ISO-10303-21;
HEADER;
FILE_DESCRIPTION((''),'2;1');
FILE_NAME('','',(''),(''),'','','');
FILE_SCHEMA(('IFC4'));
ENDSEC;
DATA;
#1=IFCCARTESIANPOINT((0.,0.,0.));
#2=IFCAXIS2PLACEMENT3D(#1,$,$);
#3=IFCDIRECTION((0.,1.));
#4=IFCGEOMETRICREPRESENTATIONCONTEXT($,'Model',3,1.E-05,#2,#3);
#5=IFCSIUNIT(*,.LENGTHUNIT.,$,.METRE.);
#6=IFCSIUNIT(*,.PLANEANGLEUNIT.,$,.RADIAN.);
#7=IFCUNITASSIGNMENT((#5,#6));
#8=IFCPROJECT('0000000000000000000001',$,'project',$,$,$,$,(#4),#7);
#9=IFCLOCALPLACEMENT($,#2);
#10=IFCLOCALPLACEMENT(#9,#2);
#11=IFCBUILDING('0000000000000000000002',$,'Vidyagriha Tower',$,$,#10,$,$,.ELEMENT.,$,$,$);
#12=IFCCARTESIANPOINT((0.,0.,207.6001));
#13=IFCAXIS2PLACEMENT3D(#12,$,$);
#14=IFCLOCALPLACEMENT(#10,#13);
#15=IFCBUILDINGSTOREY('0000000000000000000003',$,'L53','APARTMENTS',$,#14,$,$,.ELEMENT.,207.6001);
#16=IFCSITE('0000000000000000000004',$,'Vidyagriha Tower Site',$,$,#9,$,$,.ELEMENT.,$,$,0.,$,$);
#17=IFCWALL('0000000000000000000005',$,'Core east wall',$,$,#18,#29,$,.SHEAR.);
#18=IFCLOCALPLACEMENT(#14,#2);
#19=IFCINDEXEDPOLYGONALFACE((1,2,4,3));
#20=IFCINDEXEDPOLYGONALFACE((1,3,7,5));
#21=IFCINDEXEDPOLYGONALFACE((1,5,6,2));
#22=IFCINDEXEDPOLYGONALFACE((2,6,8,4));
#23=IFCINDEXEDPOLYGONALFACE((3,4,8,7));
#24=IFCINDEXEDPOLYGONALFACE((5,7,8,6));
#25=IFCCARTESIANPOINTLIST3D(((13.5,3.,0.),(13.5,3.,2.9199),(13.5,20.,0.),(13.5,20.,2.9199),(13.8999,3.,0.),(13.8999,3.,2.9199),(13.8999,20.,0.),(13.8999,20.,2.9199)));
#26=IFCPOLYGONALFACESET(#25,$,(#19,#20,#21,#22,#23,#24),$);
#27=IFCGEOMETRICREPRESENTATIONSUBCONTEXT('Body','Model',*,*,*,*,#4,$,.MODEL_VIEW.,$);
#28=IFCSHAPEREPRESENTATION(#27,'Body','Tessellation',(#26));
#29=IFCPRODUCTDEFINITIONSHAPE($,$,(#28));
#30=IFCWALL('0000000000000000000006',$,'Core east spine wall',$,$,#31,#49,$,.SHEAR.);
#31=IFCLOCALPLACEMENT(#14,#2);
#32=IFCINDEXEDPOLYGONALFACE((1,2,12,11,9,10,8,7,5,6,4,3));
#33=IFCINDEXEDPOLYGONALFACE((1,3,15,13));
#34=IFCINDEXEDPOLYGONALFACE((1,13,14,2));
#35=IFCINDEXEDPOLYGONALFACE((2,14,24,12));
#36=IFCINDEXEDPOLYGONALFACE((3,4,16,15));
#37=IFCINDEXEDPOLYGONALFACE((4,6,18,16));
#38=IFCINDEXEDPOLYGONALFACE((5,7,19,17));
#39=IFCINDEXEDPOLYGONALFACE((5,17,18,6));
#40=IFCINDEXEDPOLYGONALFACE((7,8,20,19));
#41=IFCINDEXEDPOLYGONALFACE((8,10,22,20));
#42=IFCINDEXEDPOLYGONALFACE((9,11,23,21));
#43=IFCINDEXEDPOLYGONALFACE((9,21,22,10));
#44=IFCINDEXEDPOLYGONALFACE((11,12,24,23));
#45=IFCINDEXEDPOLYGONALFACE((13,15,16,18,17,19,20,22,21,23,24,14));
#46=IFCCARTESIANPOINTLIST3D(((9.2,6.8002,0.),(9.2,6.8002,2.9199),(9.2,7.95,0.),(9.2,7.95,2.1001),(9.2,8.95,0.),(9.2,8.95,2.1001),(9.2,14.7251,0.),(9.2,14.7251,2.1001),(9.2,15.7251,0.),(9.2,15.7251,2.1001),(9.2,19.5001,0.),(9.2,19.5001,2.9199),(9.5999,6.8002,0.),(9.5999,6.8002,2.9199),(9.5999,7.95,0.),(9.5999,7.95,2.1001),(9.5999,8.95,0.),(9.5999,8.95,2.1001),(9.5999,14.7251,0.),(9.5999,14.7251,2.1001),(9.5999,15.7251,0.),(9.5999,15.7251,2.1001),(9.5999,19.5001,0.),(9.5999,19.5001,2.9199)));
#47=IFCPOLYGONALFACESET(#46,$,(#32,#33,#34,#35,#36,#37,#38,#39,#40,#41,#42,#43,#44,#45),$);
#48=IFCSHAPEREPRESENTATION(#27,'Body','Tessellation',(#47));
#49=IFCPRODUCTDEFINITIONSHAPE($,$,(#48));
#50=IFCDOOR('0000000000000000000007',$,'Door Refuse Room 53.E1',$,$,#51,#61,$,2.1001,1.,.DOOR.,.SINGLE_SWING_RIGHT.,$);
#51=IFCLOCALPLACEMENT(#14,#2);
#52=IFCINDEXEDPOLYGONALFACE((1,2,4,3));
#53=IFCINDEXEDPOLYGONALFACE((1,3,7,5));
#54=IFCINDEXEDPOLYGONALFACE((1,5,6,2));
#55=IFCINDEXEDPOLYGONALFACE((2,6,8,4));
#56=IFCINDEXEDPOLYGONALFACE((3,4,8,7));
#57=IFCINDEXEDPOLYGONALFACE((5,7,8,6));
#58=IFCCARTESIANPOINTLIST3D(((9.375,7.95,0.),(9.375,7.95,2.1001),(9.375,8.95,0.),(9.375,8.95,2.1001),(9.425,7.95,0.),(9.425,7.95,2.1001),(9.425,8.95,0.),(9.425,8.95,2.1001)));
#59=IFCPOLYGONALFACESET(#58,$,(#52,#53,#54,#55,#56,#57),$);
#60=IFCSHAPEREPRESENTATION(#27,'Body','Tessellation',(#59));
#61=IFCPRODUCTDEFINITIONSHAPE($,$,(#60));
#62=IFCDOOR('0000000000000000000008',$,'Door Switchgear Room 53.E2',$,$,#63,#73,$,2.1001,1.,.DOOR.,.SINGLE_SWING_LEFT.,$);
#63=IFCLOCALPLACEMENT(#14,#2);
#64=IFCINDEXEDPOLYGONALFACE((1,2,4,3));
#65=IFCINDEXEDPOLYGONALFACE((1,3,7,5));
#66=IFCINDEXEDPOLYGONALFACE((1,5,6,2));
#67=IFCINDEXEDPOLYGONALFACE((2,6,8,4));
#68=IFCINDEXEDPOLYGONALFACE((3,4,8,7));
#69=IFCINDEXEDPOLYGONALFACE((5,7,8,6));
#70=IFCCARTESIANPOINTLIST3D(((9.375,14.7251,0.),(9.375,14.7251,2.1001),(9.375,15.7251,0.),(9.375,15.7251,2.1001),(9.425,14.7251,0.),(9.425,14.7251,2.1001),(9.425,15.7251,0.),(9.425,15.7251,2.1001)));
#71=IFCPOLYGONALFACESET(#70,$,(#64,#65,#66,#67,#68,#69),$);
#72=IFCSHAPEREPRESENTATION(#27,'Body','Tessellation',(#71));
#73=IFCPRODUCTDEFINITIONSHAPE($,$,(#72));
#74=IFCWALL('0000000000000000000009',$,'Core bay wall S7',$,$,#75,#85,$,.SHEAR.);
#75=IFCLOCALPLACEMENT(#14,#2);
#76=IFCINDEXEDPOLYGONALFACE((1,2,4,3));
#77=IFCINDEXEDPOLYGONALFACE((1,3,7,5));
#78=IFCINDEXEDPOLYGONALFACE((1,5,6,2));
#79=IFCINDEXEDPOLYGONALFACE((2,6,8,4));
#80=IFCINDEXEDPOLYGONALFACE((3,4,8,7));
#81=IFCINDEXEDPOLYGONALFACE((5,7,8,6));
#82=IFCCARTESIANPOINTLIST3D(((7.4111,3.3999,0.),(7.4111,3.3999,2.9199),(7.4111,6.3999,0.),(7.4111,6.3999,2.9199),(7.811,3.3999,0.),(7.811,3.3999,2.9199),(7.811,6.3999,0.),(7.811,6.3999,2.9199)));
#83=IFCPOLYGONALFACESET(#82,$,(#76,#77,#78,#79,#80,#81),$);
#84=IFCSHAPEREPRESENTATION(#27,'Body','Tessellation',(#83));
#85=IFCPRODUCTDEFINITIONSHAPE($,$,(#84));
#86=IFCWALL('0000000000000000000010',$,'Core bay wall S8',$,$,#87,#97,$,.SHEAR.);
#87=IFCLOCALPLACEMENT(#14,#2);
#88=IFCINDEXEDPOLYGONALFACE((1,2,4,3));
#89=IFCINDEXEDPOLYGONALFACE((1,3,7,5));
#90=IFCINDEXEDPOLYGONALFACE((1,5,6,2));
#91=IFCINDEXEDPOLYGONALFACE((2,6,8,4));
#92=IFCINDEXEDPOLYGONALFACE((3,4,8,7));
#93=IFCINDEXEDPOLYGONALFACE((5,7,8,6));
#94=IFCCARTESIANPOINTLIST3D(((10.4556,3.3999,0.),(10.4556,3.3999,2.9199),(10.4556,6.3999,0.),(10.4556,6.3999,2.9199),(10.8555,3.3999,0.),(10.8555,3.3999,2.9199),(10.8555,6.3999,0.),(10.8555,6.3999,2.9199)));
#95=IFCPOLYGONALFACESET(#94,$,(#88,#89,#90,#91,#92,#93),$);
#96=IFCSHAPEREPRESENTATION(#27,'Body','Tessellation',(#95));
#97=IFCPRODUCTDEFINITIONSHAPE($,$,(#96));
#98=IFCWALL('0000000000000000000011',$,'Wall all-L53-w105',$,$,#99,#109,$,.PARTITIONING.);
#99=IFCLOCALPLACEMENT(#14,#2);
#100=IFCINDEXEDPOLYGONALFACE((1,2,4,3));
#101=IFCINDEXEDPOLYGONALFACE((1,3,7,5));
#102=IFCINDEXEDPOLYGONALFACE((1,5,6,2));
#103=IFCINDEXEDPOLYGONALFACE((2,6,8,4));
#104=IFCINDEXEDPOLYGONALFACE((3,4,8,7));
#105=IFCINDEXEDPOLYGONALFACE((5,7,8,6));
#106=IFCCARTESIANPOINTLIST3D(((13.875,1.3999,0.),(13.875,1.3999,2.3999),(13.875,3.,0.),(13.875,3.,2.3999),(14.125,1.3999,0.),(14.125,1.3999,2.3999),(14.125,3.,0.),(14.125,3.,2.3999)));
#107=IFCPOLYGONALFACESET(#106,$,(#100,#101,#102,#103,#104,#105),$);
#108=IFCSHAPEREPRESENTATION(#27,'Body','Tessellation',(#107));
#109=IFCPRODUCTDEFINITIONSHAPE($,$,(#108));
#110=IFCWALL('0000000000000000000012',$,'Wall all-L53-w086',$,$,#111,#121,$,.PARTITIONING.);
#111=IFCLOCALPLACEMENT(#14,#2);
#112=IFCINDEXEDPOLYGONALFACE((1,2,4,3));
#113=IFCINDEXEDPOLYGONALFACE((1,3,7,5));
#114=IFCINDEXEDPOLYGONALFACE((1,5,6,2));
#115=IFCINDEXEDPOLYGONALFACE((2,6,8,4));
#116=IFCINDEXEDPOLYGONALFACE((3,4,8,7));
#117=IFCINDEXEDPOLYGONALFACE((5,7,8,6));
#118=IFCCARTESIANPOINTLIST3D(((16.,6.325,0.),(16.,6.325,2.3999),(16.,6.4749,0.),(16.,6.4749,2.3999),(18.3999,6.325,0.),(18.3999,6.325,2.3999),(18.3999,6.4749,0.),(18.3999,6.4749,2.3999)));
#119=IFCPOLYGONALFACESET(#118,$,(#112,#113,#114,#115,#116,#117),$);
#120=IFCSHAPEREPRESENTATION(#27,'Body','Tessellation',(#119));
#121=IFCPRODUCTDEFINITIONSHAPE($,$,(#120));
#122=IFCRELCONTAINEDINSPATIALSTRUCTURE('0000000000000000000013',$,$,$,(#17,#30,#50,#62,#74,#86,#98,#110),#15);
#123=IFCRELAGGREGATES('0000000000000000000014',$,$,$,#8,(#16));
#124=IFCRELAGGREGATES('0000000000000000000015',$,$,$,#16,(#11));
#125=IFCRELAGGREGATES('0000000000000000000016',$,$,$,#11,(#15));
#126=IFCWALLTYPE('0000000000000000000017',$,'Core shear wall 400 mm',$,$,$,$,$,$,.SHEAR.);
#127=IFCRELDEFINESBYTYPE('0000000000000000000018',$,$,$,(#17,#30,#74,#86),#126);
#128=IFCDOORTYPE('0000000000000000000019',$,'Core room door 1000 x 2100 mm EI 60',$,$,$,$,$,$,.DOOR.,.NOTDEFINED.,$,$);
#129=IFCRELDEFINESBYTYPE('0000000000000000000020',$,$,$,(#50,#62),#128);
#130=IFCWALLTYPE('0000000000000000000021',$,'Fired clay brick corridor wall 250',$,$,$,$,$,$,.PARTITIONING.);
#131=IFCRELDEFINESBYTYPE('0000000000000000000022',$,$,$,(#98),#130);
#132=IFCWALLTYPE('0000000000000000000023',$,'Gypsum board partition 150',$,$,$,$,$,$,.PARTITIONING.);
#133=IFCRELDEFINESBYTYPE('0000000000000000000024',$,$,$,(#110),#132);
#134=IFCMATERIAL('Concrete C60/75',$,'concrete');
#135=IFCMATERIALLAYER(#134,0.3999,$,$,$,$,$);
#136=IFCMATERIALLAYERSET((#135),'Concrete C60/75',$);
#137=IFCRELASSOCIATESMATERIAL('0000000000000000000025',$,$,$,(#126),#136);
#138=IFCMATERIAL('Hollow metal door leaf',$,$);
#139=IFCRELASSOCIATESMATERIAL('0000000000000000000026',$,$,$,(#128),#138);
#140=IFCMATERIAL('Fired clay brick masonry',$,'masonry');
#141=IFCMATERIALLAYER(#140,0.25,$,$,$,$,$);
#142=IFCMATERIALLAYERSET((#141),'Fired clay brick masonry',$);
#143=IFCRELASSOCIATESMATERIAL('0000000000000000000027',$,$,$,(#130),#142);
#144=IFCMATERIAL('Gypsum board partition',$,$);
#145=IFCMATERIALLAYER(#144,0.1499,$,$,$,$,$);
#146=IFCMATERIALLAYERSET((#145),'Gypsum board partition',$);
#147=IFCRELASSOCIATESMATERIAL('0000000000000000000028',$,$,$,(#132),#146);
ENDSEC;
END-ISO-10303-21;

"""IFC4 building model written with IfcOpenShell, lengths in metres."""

from ifc_helpers import new_model, si_unit, direction, frame, frame_2d, origin, place, context, subcontext, project, spatial, rectangle, extrude, material, layer, layer_set, type_object, element, fill, save


model = new_model("IFC4")

# Units and contexts
model_context = context("Model", 3, precision=1e-05, world=origin(), true_north=direction((0.0, 1.0)))
body_context = subcontext(model_context, "Body", "Model", "MODEL_VIEW")
ifc_project = project(units=[si_unit("LENGTHUNIT", "METRE"), si_unit("PLANEANGLEUNIT", "RADIAN")], contexts=[model_context])

# Site, building, storey
site_placement = place(None, origin())
site = spatial("IfcSite", under=ifc_project, at=site_placement, Name="Vidyagriha Tower Site", CompositionType="ELEMENT", RefElevation=0.0)
building_placement = place(site_placement, origin())
building = spatial("IfcBuilding", under=site, at=building_placement, Name="Vidyagriha Tower", CompositionType="ELEMENT")
storey_placement = place(building_placement, frame((0.0, 0.0, 207.6001)))
storey = spatial("IfcBuildingStorey", under=building, at=storey_placement, Name="L53", Description="APARTMENTS", CompositionType="ELEMENT", Elevation=207.6001)

# Wall
ifc_material_1 = material(Name="Concrete C60/75", Category="concrete")
ifc_layer_1 = layer(ifc_material_1, 0.3999)
ifc_layer_set_1 = layer_set([ifc_layer_1], Name="Concrete C60/75")
wall_type_1 = type_object("IfcWallType", Name="Core shear wall 400 mm", PredefinedType="SHEAR", material=ifc_layer_set_1)
wall_1_placement = place(storey_placement, frame((13.7, 3.0, 0.0), z_axis=(0.0, 0.0, 1.0), x_axis=(0.0, 1.0, 0.0)))
element("IfcWall", 1, at=wall_1_placement, inside=storey, type_object=wall_type_1, Name="Core east wall", PredefinedType="SHEAR", context=body_context, shape_type="SweptSolid", body=[
    extrude(rectangle(XDim=17.0, YDim=0.3999, at=frame_2d((8.5, 0.0))), origin(), (0.0, 0.0, 1.0), 2.9199),
])

# Wall, openings, doors
wall_2_placement = place(storey_placement, frame((9.3999, 6.8, 0.0), z_axis=(0.0, 0.0, 1.0), x_axis=(0.0, 1.0, 0.0)))
wall_2 = element("IfcWall", 2, at=wall_2_placement, inside=storey, type_object=wall_type_1, Name="Core east spine wall", PredefinedType="SHEAR", context=body_context, shape_type="SweptSolid", body=[
    extrude(rectangle(XDim=12.7, YDim=0.3999, at=frame_2d((6.3501, 0.0))), origin(), (0.0, 0.0, 1.0), 2.9199),
])
opening_1_placement = place(wall_2_placement, frame((1.1499, 0.0, 0.0)))
opening_1 = element("IfcOpeningElement", 3, at=opening_1_placement, cuts=wall_2, PredefinedType="OPENING", context=body_context, shape_type="SweptSolid", body=[
    extrude(rectangle(XDim=1.0, YDim=2.1001, at=frame_2d((0.5, 1.05))), frame((0.0, 0.21, 0.0), z_axis=(0.0, -1.0, 0.0), x_axis=(1.0, 0.0, 0.0)), (0.0, 0.0, 1.0), 0.4199),
])
opening_2_placement = place(wall_2_placement, frame((7.925, 0.0, 0.0)))
opening_2 = element("IfcOpeningElement", 4, at=opening_2_placement, cuts=wall_2, PredefinedType="OPENING", context=body_context, shape_type="SweptSolid", body=[
    extrude(rectangle(XDim=1.0, YDim=2.1001, at=frame_2d((0.5, 1.05))), frame((0.0, 0.21, 0.0), z_axis=(0.0, -1.0, 0.0), x_axis=(1.0, 0.0, 0.0)), (0.0, 0.0, 1.0), 0.4199),
])
ifc_material_2 = material(Name="Hollow metal door leaf")
door_type_1 = type_object("IfcDoorType", Name="Core room door 1000 x 2100 mm EI 60", OperationType="NOTDEFINED", PredefinedType="DOOR", material=ifc_material_2)
door_1_placement = place(opening_1_placement, origin())
door_1 = element("IfcDoor", 5, at=door_1_placement, inside=storey, type_object=door_type_1, Name="Door Refuse Room 53.E1", OperationType="SINGLE_SWING_RIGHT", OverallHeight=2.1001, OverallWidth=1.0, PredefinedType="DOOR", context=body_context, shape_type="SweptSolid", body=[
    extrude(rectangle(XDim=1.0, YDim=2.1001, at=frame_2d((0.5, 1.05))), frame((0.0, 0.0249, 0.0), z_axis=(0.0, -1.0, 0.0), x_axis=(1.0, 0.0, 0.0)), (0.0, 0.0, 1.0), 0.05),
])
fill(opening_1, door_1)
door_2_placement = place(opening_2_placement, origin())
door_2 = element("IfcDoor", 6, at=door_2_placement, inside=storey, type_object=door_type_1, Name="Door Switchgear Room 53.E2", OperationType="SINGLE_SWING_LEFT", OverallHeight=2.1001, OverallWidth=1.0, PredefinedType="DOOR", context=body_context, shape_type="SweptSolid", body=[
    extrude(rectangle(XDim=1.0, YDim=2.1001, at=frame_2d((0.5, 1.05))), frame((0.0, 0.0249, 0.0), z_axis=(0.0, -1.0, 0.0), x_axis=(1.0, 0.0, 0.0)), (0.0, 0.0, 1.0), 0.05),
])
fill(opening_2, door_2)

# Walls
for number, where, z_axis, x_axis, name in (
    (7, (7.6111, 3.3999, 0.0), (0.0, 0.0, 1.0), (0.0, 1.0, 0.0), "Core bay wall S7"),
    (8, (10.6555, 3.3999, 0.0), (0.0, 0.0, 1.0), (0.0, 1.0, 0.0), "Core bay wall S8"),
):
    element("IfcWall", number, at=place(storey_placement, frame(where, z_axis=z_axis, x_axis=x_axis)), inside=storey, type_object=wall_type_1, Name=name, PredefinedType="SHEAR", context=body_context, shape_type="SweptSolid", body=[
        extrude(rectangle(XDim=3.0, YDim=0.3999, at=frame_2d((1.5, 0.0))), origin(), (0.0, 0.0, 1.0), 2.9199),
    ])
ifc_material_3 = material(Name="Fired clay brick masonry", Category="masonry")
ifc_layer_2 = layer(ifc_material_3, 0.25)
ifc_layer_set_2 = layer_set([ifc_layer_2], Name="Fired clay brick masonry")
wall_type_2 = type_object("IfcWallType", Name="Fired clay brick corridor wall 250", PredefinedType="PARTITIONING", material=ifc_layer_set_2)
wall_3_placement = place(storey_placement, frame((14.0, 1.3999, 0.0), z_axis=(0.0, 0.0, 1.0), x_axis=(0.0, 1.0, 0.0)))
element("IfcWall", 9, at=wall_3_placement, inside=storey, type_object=wall_type_2, Name="Wall all-L53-w105", PredefinedType="PARTITIONING", context=body_context, shape_type="SweptSolid", body=[
    extrude(rectangle(XDim=1.6001, YDim=0.25, at=frame_2d((0.8, 0.0))), origin(), (0.0, 0.0, 1.0), 2.3999),
])
ifc_material_4 = material(Name="Gypsum board partition")
ifc_layer_3 = layer(ifc_material_4, 0.1499)
ifc_layer_set_3 = layer_set([ifc_layer_3], Name="Gypsum board partition")
wall_type_3 = type_object("IfcWallType", Name="Gypsum board partition 150", PredefinedType="PARTITIONING", material=ifc_layer_set_3)
wall_4_placement = place(storey_placement, frame((16.0, 6.3999, 0.0)))
element("IfcWall", 10, at=wall_4_placement, inside=storey, type_object=wall_type_3, Name="Wall all-L53-w086", PredefinedType="PARTITIONING", context=body_context, shape_type="SweptSolid", body=[
    extrude(rectangle(XDim=2.3999, YDim=0.1499, at=frame_2d((1.2, 0.0))), origin(), (0.0, 0.0, 1.0), 2.3999),
])

save(model, "model.ifc")
